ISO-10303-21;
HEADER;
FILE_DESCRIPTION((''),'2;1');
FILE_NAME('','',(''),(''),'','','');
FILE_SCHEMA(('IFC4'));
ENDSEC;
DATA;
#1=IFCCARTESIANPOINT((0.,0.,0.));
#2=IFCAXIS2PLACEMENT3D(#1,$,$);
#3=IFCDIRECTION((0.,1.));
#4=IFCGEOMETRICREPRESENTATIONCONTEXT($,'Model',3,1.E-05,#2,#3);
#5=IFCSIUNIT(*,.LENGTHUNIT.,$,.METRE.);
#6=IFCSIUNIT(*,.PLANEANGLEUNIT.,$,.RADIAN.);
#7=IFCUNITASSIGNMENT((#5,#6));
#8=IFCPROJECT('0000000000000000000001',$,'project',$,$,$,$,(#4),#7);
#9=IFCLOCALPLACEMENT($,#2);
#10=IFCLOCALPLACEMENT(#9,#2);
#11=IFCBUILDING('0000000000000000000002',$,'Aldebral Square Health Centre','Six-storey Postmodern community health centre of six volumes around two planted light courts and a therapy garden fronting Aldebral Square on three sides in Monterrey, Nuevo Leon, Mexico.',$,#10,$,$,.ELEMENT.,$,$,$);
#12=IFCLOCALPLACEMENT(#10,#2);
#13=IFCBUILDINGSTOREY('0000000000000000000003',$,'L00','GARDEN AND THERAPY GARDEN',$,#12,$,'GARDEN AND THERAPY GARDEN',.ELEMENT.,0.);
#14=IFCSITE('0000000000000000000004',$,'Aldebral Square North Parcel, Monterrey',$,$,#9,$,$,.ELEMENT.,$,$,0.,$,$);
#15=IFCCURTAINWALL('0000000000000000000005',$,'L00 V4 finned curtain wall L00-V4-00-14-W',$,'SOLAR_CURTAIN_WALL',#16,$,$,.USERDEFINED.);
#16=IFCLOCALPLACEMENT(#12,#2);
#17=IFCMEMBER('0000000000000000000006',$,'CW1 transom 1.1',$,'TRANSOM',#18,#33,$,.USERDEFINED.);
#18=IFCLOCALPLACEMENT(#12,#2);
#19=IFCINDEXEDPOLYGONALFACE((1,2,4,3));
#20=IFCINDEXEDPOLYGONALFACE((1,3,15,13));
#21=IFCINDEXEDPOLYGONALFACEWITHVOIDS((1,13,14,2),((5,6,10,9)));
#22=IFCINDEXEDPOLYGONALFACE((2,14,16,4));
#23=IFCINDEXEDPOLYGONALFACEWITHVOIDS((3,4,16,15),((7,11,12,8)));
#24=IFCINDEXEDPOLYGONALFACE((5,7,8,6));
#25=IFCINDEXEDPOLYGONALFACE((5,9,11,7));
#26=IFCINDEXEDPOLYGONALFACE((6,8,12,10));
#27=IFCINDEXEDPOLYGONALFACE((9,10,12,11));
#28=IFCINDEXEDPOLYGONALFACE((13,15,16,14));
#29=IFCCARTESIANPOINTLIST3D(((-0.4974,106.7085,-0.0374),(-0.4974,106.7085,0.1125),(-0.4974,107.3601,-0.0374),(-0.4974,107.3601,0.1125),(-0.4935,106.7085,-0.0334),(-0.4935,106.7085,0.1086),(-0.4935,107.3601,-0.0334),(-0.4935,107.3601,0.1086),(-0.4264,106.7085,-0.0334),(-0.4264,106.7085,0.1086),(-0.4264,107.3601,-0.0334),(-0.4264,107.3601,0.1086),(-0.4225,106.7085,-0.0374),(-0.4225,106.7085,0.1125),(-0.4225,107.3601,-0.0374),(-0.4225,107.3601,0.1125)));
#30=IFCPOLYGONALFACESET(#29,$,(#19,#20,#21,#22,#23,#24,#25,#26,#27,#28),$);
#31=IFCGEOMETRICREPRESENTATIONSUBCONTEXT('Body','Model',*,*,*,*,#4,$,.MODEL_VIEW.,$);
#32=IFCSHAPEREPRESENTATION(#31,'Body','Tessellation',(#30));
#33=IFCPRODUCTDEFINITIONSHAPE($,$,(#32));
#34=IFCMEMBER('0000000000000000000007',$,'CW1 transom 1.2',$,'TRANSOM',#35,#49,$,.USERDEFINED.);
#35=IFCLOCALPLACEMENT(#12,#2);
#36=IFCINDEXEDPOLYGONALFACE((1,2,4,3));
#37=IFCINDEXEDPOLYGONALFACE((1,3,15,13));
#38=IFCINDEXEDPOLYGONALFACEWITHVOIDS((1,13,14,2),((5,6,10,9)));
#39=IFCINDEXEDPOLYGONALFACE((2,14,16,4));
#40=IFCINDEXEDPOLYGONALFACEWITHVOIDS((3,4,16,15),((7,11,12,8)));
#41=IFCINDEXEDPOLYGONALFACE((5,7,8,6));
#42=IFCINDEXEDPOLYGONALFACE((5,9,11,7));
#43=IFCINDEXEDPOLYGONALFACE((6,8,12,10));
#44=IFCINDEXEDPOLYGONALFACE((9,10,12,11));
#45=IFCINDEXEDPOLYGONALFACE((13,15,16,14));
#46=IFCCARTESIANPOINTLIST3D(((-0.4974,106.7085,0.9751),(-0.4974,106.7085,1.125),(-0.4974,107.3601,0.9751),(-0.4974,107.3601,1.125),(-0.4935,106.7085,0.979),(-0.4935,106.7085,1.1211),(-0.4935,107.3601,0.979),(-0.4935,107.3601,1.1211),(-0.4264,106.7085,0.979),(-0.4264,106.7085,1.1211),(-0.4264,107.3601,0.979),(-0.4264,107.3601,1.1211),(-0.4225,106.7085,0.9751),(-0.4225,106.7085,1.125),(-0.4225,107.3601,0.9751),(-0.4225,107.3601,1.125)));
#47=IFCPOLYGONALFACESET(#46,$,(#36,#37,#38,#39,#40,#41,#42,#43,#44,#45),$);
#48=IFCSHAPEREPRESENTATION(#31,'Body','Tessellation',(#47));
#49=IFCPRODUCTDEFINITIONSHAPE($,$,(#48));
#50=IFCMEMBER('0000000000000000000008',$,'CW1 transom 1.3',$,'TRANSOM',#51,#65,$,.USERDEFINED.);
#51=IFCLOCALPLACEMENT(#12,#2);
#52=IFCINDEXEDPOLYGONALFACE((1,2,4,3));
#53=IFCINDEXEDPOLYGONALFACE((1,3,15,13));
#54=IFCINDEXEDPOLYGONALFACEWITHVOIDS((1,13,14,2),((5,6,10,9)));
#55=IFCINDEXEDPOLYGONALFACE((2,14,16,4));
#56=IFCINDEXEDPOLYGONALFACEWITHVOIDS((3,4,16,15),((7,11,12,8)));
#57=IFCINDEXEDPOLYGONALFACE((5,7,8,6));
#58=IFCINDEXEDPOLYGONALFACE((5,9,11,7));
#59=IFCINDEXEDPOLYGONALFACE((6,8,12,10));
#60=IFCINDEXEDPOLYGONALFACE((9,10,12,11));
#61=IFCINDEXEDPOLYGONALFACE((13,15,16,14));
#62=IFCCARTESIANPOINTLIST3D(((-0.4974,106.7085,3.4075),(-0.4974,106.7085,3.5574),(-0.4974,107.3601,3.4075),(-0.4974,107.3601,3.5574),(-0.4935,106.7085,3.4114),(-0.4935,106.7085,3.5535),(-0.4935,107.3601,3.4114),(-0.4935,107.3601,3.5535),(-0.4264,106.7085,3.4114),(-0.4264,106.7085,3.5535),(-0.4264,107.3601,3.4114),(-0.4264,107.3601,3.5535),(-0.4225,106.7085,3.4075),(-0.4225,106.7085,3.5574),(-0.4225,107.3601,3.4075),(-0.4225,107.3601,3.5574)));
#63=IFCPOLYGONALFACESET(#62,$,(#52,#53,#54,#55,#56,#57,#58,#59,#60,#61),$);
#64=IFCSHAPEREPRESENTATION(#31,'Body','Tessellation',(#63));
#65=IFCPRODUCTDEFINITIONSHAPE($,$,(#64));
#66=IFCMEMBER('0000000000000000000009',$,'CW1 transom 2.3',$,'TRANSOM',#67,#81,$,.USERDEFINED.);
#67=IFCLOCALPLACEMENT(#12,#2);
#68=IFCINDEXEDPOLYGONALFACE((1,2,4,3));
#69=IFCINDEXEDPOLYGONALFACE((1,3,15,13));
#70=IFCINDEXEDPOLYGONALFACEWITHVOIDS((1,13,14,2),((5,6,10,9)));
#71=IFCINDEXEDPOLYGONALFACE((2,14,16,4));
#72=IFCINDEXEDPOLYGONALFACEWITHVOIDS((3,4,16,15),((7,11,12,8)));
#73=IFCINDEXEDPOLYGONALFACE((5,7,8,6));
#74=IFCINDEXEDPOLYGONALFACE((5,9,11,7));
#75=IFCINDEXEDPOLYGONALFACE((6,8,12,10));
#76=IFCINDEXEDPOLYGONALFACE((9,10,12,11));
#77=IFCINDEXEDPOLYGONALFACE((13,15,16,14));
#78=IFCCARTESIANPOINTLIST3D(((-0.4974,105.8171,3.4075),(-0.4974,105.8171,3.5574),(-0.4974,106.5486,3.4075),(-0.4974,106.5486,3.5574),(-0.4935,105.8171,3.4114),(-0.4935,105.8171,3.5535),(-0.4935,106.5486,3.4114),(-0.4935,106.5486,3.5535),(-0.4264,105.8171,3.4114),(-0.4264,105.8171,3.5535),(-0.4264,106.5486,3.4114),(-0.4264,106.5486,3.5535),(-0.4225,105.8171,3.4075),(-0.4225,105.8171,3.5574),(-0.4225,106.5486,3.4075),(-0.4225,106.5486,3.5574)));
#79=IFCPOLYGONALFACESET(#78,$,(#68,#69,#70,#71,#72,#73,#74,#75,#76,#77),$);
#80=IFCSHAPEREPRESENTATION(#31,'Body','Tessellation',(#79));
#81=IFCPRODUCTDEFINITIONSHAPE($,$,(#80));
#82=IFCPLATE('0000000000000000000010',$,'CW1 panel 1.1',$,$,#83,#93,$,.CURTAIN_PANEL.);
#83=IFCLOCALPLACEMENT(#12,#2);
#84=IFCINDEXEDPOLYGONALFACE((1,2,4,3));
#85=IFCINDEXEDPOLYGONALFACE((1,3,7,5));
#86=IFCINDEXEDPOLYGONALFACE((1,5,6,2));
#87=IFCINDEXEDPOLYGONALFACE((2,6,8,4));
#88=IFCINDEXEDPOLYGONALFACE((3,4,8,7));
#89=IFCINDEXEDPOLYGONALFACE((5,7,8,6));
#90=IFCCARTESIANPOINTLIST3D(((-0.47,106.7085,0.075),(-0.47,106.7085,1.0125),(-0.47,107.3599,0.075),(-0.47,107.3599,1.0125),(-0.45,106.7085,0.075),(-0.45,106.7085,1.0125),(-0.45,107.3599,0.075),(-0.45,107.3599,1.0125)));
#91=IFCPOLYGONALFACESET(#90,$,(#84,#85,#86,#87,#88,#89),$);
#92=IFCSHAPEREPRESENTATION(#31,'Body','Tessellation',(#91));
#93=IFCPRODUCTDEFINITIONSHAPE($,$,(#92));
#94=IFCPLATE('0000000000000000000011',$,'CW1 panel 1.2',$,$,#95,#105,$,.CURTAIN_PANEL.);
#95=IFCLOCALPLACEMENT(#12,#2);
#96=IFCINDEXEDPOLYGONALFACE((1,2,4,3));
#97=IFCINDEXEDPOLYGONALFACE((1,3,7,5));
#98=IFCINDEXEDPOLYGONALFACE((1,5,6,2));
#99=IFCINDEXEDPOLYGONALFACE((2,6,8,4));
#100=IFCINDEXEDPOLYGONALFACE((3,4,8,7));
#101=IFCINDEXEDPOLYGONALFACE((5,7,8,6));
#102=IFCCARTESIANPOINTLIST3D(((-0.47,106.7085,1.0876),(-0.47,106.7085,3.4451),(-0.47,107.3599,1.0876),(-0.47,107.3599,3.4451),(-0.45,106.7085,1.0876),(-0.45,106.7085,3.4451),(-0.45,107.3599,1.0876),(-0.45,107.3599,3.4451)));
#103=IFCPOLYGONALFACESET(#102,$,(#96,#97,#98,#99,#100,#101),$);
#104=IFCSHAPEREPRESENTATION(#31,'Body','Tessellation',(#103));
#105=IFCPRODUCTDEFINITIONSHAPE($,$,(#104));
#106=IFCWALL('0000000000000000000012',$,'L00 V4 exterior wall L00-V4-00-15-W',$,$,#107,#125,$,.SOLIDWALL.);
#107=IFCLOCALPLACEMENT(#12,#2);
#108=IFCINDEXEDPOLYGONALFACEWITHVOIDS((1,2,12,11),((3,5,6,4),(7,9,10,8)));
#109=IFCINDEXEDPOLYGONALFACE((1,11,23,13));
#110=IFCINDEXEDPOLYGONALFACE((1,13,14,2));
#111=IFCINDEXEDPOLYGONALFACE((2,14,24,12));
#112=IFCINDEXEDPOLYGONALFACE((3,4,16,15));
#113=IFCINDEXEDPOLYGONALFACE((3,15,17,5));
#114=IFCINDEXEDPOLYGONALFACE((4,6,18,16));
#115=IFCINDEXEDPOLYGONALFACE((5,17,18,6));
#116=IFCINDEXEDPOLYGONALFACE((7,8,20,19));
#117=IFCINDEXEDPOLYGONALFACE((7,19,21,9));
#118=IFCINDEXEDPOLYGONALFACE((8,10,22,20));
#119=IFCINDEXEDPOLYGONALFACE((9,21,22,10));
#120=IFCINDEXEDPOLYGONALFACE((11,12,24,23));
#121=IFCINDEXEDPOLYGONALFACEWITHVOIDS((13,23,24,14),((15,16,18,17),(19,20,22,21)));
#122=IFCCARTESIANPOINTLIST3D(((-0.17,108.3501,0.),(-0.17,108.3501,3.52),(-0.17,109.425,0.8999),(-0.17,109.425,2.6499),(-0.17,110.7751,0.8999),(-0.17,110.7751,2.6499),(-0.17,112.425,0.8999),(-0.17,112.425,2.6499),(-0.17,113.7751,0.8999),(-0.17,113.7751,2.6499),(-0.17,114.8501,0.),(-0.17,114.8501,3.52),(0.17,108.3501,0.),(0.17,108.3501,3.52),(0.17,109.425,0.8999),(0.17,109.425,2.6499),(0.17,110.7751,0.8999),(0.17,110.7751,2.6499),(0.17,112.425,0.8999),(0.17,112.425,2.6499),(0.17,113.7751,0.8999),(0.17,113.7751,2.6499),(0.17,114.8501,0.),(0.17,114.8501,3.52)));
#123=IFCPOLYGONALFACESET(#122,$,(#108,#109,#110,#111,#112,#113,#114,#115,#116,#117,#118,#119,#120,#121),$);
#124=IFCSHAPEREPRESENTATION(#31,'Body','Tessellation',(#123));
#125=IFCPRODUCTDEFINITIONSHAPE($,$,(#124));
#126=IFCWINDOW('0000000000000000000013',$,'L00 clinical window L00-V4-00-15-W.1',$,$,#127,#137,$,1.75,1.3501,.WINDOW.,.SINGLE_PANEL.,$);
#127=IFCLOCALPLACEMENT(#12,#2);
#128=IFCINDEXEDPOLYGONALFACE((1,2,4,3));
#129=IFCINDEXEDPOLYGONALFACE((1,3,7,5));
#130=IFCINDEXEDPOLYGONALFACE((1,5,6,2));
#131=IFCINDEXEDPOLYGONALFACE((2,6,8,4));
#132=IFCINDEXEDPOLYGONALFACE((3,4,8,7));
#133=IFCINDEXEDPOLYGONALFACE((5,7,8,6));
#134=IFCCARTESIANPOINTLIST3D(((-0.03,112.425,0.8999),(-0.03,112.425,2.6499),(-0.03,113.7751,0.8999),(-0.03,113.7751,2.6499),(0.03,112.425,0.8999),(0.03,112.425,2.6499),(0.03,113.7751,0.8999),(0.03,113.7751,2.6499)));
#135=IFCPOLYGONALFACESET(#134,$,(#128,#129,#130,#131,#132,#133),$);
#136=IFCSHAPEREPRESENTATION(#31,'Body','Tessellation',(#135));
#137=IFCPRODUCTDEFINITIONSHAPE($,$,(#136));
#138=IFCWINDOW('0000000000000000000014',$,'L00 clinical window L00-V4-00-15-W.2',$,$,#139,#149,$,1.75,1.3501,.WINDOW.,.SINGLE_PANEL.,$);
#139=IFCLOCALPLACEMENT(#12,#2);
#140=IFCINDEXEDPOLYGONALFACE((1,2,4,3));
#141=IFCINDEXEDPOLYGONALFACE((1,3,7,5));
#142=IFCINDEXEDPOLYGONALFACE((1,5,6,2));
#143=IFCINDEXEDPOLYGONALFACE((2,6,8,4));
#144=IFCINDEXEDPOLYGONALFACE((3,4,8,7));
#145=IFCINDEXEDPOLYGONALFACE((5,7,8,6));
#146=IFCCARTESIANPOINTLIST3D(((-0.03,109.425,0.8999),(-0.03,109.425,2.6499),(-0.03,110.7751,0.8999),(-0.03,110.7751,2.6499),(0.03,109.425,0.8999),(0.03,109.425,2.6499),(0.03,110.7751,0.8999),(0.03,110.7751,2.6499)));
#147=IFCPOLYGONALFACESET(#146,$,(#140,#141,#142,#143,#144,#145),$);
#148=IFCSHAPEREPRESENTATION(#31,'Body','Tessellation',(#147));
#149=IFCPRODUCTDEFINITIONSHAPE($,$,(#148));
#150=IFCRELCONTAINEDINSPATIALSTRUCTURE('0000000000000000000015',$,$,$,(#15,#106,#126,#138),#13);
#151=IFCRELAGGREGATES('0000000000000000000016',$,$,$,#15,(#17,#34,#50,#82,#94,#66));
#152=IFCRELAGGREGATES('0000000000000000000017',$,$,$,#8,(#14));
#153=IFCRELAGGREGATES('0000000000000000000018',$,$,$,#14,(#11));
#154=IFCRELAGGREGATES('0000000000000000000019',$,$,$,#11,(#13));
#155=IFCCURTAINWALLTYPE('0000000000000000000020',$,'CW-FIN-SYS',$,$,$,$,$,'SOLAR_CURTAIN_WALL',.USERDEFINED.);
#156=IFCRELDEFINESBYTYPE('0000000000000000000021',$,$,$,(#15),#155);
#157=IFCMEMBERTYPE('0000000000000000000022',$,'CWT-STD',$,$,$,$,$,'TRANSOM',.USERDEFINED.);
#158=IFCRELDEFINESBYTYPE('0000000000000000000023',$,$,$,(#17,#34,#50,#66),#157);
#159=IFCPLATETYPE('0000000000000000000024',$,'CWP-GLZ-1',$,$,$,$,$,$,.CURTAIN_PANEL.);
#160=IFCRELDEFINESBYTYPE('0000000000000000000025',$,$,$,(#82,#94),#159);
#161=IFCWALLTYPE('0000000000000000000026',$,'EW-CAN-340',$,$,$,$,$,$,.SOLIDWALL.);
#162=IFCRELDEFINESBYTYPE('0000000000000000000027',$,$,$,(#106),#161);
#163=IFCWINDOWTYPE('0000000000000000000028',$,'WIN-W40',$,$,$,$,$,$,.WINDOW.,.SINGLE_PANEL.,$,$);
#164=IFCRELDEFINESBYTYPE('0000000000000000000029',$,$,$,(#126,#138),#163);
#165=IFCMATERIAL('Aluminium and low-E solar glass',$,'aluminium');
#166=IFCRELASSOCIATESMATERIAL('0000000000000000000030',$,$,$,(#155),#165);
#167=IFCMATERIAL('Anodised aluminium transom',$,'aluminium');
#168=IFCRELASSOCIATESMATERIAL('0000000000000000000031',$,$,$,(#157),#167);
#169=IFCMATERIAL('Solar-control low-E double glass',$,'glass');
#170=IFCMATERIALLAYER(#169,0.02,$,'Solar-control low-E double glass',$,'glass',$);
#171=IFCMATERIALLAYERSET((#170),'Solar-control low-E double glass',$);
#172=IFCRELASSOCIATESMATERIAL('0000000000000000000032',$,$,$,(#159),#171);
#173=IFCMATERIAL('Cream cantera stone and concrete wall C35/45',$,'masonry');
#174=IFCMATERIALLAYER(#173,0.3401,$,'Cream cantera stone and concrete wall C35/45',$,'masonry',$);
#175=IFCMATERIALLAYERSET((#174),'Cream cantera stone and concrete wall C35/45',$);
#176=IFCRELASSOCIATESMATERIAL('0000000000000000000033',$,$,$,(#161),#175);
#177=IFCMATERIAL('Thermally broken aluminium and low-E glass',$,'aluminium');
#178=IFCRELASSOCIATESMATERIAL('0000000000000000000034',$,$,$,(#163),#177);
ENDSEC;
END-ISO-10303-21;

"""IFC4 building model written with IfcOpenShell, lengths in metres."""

from ifc_helpers import new_model, si_unit, direction, frame, frame_2d, origin, origin_2d, place, context, subcontext, project, spatial, rectangle, hollow_rectangle, extrude, material, layer, layer_set, material_profile, profile_set, type_object, element, fill, aggregate, save


model = new_model("IFC4")

# Units and contexts
model_context = context("Model", 3, precision=1e-05, world=origin(), true_north=direction((0.0, 1.0)))
body_context = subcontext(model_context, "Body", "Model", "MODEL_VIEW")
ifc_project = project(units=[si_unit("LENGTHUNIT", "METRE"), si_unit("PLANEANGLEUNIT", "RADIAN")], contexts=[model_context])

# Site, building, storey
site_placement = place(None, origin())
site = spatial("IfcSite", under=ifc_project, at=site_placement, Name="Aldebral Square North Parcel, Monterrey", CompositionType="ELEMENT", RefElevation=0.0)
building_placement = place(site_placement, origin())
building = spatial("IfcBuilding", under=site, at=building_placement, Name="Aldebral Square Health Centre", Description="Six-storey Postmodern community health centre of six volumes around two planted light courts and a therapy garden fronting Aldebral Square on three sides in Monterrey, Nuevo Leon, Mexico.", CompositionType="ELEMENT")
storey_placement = place(building_placement, origin())
storey = spatial("IfcBuildingStorey", under=building, at=storey_placement, Name="L00", Description="GARDEN AND THERAPY GARDEN", LongName="GARDEN AND THERAPY GARDEN", CompositionType="ELEMENT", Elevation=0.0)

# Curtain wall, members, plates
ifc_material_1 = material(Name="Aluminium and low-E solar glass", Category="aluminium")
curtain_wall_type = type_object("IfcCurtainWallType", Name="CW-FIN-SYS", ElementType="SOLAR_CURTAIN_WALL", PredefinedType="USERDEFINED", material=ifc_material_1)
curtain_wall_placement = place(storey_placement, origin())
curtain_wall = element("IfcCurtainWall", 1, at=curtain_wall_placement, inside=storey, type_object=curtain_wall_type, Name="L00 V4 finned curtain wall L00-V4-00-14-W", ObjectType="SOLAR_CURTAIN_WALL", PredefinedType="USERDEFINED")
ifc_material_2 = material(Name="Anodised aluminium transom", Category="aluminium")
ifc_material_profile_1 = material_profile(ifc_material_2, hollow_rectangle(XDim=0.075, YDim=0.1499, WallThickness=0.0039, at=origin_2d()), Name="CWT 75x150x4")
ifc_profile_set_1 = profile_set([ifc_material_profile_1], Name="Anodised aluminium transom")
member_type_1 = type_object("IfcMemberType", Name="CWT-STD", ElementType="TRANSOM", PredefinedType="USERDEFINED", material=ifc_profile_set_1)
member_1_placement = place(storey_placement, frame((-0.46, 107.3601, 0.0376), z_axis=(0.0, -1.0, 0.0), x_axis=(1.0, 0.0, 0.0)))
member_1 = element("IfcMember", 2, at=member_1_placement, type_object=member_type_1, Name="CW1 transom 1.1", ObjectType="TRANSOM", PredefinedType="USERDEFINED", context=body_context, shape_type="SweptSolid", body=[
    extrude(hollow_rectangle(XDim=0.075, YDim=0.1499, WallThickness=0.0039, at=origin_2d()), origin(), (0.0, 0.0, 1.0), 0.6516),
])
member_2_placement = place(storey_placement, frame((-0.46, 107.3601, 1.05), z_axis=(0.0, -1.0, 0.0), x_axis=(1.0, 0.0, 0.0)))
member_2 = element("IfcMember", 3, at=member_2_placement, type_object=member_type_1, Name="CW1 transom 1.2", ObjectType="TRANSOM", PredefinedType="USERDEFINED", context=body_context, shape_type="SweptSolid", body=[
    extrude(hollow_rectangle(XDim=0.075, YDim=0.1499, WallThickness=0.0039, at=origin_2d()), origin(), (0.0, 0.0, 1.0), 0.6516),
])
member_3_placement = place(storey_placement, frame((-0.46, 107.3601, 3.4824), z_axis=(0.0, -1.0, 0.0), x_axis=(1.0, 0.0, 0.0)))
member_3 = element("IfcMember", 4, at=member_3_placement, type_object=member_type_1, Name="CW1 transom 1.3", ObjectType="TRANSOM", PredefinedType="USERDEFINED", context=body_context, shape_type="SweptSolid", body=[
    extrude(hollow_rectangle(XDim=0.075, YDim=0.1499, WallThickness=0.0039, at=origin_2d()), origin(), (0.0, 0.0, 1.0), 0.6516),
])
member_4_placement = place(storey_placement, frame((-0.46, 106.5486, 3.4824), z_axis=(0.0, -1.0, 0.0), x_axis=(1.0, 0.0, 0.0)))
member_4 = element("IfcMember", 5, at=member_4_placement, type_object=member_type_1, Name="CW1 transom 2.3", ObjectType="TRANSOM", PredefinedType="USERDEFINED", context=body_context, shape_type="SweptSolid", body=[
    extrude(hollow_rectangle(XDim=0.075, YDim=0.1499, WallThickness=0.0039, at=origin_2d()), origin(), (0.0, 0.0, 1.0), 0.7314),
])
ifc_material_3 = material(Name="Solar-control low-E double glass", Category="glass")
ifc_layer_1 = layer(ifc_material_3, 0.02, Name="Solar-control low-E double glass", Category="glass")
ifc_layer_set_1 = layer_set([ifc_layer_1], Name="Solar-control low-E double glass")
plate_type = type_object("IfcPlateType", Name="CWP-GLZ-1", PredefinedType="CURTAIN_PANEL", material=ifc_layer_set_1)
plate_1_placement = place(storey_placement, frame((-0.46, 107.0342, 0.075), z_axis=(0.0, 0.0, 1.0), x_axis=(0.0, -1.0, 0.0)))
plate_1 = element("IfcPlate", 6, at=plate_1_placement, type_object=plate_type, Name="CW1 panel 1.1", PredefinedType="CURTAIN_PANEL", context=body_context, shape_type="SweptSolid", body=[
    extrude(rectangle(XDim=0.6514, YDim=0.02, at=origin_2d()), origin(), (0.0, 0.0, 1.0), 0.9375),
])
plate_2_placement = place(storey_placement, frame((-0.46, 107.0342, 1.0876), z_axis=(0.0, 0.0, 1.0), x_axis=(0.0, -1.0, 0.0)))
plate_2 = element("IfcPlate", 7, at=plate_2_placement, type_object=plate_type, Name="CW1 panel 1.2", PredefinedType="CURTAIN_PANEL", context=body_context, shape_type="SweptSolid", body=[
    extrude(rectangle(XDim=0.6514, YDim=0.02, at=origin_2d()), origin(), (0.0, 0.0, 1.0), 2.3574),
])
aggregate(curtain_wall, [member_1, member_2, member_3, plate_1, plate_2, member_4])

# Wall, openings, windows
ifc_material_4 = material(Name="Cream cantera stone and concrete wall C35/45", Category="masonry")
ifc_layer_2 = layer(ifc_material_4, 0.3401, Name="Cream cantera stone and concrete wall C35/45", Category="masonry")
ifc_layer_set_2 = layer_set([ifc_layer_2], Name="Cream cantera stone and concrete wall C35/45")
wall_type_1 = type_object("IfcWallType", Name="EW-CAN-340", PredefinedType="SOLIDWALL", material=ifc_layer_set_2)
wall_1_placement = place(storey_placement, frame((0.0, 114.8501, 0.0), z_axis=(0.0, 0.0, 1.0), x_axis=(0.0, -1.0, 0.0)))
wall_1 = element("IfcWall", 8, at=wall_1_placement, inside=storey, type_object=wall_type_1, Name="L00 V4 exterior wall L00-V4-00-15-W", PredefinedType="SOLIDWALL", context=body_context, shape_type="SweptSolid", body=[
    extrude(rectangle(XDim=6.5, YDim=0.3401, at=frame_2d((3.25, 0.0))), origin(), (0.0, 0.0, 1.0), 3.52),
])
opening_1_placement = place(wall_1_placement, frame((1.075, 0.0, 0.8999)))
opening_1 = element("IfcOpeningElement", 9, at=opening_1_placement, cuts=wall_1, PredefinedType="OPENING", context=body_context, shape_type="SweptSolid", body=[
    extrude(rectangle(XDim=1.3501, YDim=1.75, at=frame_2d((0.675, 0.875))), frame((0.0, 0.1802, 0.0), z_axis=(0.0, -1.0, 0.0), x_axis=(1.0, 0.0, 0.0)), (0.0, 0.0, 1.0), 0.3601),
])
opening_2_placement = place(wall_1_placement, frame((4.075, 0.0, 0.8999)))
opening_2 = element("IfcOpeningElement", 10, at=opening_2_placement, cuts=wall_1, PredefinedType="OPENING", context=body_context, shape_type="SweptSolid", body=[
    extrude(rectangle(XDim=1.3501, YDim=1.75, at=frame_2d((0.675, 0.875))), frame((0.0, 0.1802, 0.0), z_axis=(0.0, -1.0, 0.0), x_axis=(1.0, 0.0, 0.0)), (0.0, 0.0, 1.0), 0.3601),
])
ifc_material_5 = material(Name="Thermally broken aluminium and low-E glass", Category="aluminium")
window_type = type_object("IfcWindowType", Name="WIN-W40", PartitioningType="SINGLE_PANEL", PredefinedType="WINDOW", material=ifc_material_5)
window_1_placement = place(opening_1_placement, origin())
window_1 = element("IfcWindow", 11, at=window_1_placement, inside=storey, type_object=window_type, Name="L00 clinical window L00-V4-00-15-W.1", OverallHeight=1.75, OverallWidth=1.3501, PartitioningType="SINGLE_PANEL", PredefinedType="WINDOW", context=body_context, shape_type="SweptSolid", body=[
    extrude(rectangle(XDim=1.3501, YDim=1.75, at=frame_2d((0.675, 0.875))), frame((0.0, 0.03, 0.0), z_axis=(0.0, -1.0, 0.0), x_axis=(1.0, 0.0, 0.0)), (0.0, 0.0, 1.0), 0.0601),
])
fill(opening_1, window_1)
window_2_placement = place(opening_2_placement, origin())
window_2 = element("IfcWindow", 12, at=window_2_placement, inside=storey, type_object=window_type, Name="L00 clinical window L00-V4-00-15-W.2", OverallHeight=1.75, OverallWidth=1.3501, PartitioningType="SINGLE_PANEL", PredefinedType="WINDOW", context=body_context, shape_type="SweptSolid", body=[
    extrude(rectangle(XDim=1.3501, YDim=1.75, at=frame_2d((0.675, 0.875))), frame((0.0, 0.03, 0.0), z_axis=(0.0, -1.0, 0.0), x_axis=(1.0, 0.0, 0.0)), (0.0, 0.0, 1.0), 0.0601),
])
fill(opening_2, window_2)

save(model, "model.ifc")
